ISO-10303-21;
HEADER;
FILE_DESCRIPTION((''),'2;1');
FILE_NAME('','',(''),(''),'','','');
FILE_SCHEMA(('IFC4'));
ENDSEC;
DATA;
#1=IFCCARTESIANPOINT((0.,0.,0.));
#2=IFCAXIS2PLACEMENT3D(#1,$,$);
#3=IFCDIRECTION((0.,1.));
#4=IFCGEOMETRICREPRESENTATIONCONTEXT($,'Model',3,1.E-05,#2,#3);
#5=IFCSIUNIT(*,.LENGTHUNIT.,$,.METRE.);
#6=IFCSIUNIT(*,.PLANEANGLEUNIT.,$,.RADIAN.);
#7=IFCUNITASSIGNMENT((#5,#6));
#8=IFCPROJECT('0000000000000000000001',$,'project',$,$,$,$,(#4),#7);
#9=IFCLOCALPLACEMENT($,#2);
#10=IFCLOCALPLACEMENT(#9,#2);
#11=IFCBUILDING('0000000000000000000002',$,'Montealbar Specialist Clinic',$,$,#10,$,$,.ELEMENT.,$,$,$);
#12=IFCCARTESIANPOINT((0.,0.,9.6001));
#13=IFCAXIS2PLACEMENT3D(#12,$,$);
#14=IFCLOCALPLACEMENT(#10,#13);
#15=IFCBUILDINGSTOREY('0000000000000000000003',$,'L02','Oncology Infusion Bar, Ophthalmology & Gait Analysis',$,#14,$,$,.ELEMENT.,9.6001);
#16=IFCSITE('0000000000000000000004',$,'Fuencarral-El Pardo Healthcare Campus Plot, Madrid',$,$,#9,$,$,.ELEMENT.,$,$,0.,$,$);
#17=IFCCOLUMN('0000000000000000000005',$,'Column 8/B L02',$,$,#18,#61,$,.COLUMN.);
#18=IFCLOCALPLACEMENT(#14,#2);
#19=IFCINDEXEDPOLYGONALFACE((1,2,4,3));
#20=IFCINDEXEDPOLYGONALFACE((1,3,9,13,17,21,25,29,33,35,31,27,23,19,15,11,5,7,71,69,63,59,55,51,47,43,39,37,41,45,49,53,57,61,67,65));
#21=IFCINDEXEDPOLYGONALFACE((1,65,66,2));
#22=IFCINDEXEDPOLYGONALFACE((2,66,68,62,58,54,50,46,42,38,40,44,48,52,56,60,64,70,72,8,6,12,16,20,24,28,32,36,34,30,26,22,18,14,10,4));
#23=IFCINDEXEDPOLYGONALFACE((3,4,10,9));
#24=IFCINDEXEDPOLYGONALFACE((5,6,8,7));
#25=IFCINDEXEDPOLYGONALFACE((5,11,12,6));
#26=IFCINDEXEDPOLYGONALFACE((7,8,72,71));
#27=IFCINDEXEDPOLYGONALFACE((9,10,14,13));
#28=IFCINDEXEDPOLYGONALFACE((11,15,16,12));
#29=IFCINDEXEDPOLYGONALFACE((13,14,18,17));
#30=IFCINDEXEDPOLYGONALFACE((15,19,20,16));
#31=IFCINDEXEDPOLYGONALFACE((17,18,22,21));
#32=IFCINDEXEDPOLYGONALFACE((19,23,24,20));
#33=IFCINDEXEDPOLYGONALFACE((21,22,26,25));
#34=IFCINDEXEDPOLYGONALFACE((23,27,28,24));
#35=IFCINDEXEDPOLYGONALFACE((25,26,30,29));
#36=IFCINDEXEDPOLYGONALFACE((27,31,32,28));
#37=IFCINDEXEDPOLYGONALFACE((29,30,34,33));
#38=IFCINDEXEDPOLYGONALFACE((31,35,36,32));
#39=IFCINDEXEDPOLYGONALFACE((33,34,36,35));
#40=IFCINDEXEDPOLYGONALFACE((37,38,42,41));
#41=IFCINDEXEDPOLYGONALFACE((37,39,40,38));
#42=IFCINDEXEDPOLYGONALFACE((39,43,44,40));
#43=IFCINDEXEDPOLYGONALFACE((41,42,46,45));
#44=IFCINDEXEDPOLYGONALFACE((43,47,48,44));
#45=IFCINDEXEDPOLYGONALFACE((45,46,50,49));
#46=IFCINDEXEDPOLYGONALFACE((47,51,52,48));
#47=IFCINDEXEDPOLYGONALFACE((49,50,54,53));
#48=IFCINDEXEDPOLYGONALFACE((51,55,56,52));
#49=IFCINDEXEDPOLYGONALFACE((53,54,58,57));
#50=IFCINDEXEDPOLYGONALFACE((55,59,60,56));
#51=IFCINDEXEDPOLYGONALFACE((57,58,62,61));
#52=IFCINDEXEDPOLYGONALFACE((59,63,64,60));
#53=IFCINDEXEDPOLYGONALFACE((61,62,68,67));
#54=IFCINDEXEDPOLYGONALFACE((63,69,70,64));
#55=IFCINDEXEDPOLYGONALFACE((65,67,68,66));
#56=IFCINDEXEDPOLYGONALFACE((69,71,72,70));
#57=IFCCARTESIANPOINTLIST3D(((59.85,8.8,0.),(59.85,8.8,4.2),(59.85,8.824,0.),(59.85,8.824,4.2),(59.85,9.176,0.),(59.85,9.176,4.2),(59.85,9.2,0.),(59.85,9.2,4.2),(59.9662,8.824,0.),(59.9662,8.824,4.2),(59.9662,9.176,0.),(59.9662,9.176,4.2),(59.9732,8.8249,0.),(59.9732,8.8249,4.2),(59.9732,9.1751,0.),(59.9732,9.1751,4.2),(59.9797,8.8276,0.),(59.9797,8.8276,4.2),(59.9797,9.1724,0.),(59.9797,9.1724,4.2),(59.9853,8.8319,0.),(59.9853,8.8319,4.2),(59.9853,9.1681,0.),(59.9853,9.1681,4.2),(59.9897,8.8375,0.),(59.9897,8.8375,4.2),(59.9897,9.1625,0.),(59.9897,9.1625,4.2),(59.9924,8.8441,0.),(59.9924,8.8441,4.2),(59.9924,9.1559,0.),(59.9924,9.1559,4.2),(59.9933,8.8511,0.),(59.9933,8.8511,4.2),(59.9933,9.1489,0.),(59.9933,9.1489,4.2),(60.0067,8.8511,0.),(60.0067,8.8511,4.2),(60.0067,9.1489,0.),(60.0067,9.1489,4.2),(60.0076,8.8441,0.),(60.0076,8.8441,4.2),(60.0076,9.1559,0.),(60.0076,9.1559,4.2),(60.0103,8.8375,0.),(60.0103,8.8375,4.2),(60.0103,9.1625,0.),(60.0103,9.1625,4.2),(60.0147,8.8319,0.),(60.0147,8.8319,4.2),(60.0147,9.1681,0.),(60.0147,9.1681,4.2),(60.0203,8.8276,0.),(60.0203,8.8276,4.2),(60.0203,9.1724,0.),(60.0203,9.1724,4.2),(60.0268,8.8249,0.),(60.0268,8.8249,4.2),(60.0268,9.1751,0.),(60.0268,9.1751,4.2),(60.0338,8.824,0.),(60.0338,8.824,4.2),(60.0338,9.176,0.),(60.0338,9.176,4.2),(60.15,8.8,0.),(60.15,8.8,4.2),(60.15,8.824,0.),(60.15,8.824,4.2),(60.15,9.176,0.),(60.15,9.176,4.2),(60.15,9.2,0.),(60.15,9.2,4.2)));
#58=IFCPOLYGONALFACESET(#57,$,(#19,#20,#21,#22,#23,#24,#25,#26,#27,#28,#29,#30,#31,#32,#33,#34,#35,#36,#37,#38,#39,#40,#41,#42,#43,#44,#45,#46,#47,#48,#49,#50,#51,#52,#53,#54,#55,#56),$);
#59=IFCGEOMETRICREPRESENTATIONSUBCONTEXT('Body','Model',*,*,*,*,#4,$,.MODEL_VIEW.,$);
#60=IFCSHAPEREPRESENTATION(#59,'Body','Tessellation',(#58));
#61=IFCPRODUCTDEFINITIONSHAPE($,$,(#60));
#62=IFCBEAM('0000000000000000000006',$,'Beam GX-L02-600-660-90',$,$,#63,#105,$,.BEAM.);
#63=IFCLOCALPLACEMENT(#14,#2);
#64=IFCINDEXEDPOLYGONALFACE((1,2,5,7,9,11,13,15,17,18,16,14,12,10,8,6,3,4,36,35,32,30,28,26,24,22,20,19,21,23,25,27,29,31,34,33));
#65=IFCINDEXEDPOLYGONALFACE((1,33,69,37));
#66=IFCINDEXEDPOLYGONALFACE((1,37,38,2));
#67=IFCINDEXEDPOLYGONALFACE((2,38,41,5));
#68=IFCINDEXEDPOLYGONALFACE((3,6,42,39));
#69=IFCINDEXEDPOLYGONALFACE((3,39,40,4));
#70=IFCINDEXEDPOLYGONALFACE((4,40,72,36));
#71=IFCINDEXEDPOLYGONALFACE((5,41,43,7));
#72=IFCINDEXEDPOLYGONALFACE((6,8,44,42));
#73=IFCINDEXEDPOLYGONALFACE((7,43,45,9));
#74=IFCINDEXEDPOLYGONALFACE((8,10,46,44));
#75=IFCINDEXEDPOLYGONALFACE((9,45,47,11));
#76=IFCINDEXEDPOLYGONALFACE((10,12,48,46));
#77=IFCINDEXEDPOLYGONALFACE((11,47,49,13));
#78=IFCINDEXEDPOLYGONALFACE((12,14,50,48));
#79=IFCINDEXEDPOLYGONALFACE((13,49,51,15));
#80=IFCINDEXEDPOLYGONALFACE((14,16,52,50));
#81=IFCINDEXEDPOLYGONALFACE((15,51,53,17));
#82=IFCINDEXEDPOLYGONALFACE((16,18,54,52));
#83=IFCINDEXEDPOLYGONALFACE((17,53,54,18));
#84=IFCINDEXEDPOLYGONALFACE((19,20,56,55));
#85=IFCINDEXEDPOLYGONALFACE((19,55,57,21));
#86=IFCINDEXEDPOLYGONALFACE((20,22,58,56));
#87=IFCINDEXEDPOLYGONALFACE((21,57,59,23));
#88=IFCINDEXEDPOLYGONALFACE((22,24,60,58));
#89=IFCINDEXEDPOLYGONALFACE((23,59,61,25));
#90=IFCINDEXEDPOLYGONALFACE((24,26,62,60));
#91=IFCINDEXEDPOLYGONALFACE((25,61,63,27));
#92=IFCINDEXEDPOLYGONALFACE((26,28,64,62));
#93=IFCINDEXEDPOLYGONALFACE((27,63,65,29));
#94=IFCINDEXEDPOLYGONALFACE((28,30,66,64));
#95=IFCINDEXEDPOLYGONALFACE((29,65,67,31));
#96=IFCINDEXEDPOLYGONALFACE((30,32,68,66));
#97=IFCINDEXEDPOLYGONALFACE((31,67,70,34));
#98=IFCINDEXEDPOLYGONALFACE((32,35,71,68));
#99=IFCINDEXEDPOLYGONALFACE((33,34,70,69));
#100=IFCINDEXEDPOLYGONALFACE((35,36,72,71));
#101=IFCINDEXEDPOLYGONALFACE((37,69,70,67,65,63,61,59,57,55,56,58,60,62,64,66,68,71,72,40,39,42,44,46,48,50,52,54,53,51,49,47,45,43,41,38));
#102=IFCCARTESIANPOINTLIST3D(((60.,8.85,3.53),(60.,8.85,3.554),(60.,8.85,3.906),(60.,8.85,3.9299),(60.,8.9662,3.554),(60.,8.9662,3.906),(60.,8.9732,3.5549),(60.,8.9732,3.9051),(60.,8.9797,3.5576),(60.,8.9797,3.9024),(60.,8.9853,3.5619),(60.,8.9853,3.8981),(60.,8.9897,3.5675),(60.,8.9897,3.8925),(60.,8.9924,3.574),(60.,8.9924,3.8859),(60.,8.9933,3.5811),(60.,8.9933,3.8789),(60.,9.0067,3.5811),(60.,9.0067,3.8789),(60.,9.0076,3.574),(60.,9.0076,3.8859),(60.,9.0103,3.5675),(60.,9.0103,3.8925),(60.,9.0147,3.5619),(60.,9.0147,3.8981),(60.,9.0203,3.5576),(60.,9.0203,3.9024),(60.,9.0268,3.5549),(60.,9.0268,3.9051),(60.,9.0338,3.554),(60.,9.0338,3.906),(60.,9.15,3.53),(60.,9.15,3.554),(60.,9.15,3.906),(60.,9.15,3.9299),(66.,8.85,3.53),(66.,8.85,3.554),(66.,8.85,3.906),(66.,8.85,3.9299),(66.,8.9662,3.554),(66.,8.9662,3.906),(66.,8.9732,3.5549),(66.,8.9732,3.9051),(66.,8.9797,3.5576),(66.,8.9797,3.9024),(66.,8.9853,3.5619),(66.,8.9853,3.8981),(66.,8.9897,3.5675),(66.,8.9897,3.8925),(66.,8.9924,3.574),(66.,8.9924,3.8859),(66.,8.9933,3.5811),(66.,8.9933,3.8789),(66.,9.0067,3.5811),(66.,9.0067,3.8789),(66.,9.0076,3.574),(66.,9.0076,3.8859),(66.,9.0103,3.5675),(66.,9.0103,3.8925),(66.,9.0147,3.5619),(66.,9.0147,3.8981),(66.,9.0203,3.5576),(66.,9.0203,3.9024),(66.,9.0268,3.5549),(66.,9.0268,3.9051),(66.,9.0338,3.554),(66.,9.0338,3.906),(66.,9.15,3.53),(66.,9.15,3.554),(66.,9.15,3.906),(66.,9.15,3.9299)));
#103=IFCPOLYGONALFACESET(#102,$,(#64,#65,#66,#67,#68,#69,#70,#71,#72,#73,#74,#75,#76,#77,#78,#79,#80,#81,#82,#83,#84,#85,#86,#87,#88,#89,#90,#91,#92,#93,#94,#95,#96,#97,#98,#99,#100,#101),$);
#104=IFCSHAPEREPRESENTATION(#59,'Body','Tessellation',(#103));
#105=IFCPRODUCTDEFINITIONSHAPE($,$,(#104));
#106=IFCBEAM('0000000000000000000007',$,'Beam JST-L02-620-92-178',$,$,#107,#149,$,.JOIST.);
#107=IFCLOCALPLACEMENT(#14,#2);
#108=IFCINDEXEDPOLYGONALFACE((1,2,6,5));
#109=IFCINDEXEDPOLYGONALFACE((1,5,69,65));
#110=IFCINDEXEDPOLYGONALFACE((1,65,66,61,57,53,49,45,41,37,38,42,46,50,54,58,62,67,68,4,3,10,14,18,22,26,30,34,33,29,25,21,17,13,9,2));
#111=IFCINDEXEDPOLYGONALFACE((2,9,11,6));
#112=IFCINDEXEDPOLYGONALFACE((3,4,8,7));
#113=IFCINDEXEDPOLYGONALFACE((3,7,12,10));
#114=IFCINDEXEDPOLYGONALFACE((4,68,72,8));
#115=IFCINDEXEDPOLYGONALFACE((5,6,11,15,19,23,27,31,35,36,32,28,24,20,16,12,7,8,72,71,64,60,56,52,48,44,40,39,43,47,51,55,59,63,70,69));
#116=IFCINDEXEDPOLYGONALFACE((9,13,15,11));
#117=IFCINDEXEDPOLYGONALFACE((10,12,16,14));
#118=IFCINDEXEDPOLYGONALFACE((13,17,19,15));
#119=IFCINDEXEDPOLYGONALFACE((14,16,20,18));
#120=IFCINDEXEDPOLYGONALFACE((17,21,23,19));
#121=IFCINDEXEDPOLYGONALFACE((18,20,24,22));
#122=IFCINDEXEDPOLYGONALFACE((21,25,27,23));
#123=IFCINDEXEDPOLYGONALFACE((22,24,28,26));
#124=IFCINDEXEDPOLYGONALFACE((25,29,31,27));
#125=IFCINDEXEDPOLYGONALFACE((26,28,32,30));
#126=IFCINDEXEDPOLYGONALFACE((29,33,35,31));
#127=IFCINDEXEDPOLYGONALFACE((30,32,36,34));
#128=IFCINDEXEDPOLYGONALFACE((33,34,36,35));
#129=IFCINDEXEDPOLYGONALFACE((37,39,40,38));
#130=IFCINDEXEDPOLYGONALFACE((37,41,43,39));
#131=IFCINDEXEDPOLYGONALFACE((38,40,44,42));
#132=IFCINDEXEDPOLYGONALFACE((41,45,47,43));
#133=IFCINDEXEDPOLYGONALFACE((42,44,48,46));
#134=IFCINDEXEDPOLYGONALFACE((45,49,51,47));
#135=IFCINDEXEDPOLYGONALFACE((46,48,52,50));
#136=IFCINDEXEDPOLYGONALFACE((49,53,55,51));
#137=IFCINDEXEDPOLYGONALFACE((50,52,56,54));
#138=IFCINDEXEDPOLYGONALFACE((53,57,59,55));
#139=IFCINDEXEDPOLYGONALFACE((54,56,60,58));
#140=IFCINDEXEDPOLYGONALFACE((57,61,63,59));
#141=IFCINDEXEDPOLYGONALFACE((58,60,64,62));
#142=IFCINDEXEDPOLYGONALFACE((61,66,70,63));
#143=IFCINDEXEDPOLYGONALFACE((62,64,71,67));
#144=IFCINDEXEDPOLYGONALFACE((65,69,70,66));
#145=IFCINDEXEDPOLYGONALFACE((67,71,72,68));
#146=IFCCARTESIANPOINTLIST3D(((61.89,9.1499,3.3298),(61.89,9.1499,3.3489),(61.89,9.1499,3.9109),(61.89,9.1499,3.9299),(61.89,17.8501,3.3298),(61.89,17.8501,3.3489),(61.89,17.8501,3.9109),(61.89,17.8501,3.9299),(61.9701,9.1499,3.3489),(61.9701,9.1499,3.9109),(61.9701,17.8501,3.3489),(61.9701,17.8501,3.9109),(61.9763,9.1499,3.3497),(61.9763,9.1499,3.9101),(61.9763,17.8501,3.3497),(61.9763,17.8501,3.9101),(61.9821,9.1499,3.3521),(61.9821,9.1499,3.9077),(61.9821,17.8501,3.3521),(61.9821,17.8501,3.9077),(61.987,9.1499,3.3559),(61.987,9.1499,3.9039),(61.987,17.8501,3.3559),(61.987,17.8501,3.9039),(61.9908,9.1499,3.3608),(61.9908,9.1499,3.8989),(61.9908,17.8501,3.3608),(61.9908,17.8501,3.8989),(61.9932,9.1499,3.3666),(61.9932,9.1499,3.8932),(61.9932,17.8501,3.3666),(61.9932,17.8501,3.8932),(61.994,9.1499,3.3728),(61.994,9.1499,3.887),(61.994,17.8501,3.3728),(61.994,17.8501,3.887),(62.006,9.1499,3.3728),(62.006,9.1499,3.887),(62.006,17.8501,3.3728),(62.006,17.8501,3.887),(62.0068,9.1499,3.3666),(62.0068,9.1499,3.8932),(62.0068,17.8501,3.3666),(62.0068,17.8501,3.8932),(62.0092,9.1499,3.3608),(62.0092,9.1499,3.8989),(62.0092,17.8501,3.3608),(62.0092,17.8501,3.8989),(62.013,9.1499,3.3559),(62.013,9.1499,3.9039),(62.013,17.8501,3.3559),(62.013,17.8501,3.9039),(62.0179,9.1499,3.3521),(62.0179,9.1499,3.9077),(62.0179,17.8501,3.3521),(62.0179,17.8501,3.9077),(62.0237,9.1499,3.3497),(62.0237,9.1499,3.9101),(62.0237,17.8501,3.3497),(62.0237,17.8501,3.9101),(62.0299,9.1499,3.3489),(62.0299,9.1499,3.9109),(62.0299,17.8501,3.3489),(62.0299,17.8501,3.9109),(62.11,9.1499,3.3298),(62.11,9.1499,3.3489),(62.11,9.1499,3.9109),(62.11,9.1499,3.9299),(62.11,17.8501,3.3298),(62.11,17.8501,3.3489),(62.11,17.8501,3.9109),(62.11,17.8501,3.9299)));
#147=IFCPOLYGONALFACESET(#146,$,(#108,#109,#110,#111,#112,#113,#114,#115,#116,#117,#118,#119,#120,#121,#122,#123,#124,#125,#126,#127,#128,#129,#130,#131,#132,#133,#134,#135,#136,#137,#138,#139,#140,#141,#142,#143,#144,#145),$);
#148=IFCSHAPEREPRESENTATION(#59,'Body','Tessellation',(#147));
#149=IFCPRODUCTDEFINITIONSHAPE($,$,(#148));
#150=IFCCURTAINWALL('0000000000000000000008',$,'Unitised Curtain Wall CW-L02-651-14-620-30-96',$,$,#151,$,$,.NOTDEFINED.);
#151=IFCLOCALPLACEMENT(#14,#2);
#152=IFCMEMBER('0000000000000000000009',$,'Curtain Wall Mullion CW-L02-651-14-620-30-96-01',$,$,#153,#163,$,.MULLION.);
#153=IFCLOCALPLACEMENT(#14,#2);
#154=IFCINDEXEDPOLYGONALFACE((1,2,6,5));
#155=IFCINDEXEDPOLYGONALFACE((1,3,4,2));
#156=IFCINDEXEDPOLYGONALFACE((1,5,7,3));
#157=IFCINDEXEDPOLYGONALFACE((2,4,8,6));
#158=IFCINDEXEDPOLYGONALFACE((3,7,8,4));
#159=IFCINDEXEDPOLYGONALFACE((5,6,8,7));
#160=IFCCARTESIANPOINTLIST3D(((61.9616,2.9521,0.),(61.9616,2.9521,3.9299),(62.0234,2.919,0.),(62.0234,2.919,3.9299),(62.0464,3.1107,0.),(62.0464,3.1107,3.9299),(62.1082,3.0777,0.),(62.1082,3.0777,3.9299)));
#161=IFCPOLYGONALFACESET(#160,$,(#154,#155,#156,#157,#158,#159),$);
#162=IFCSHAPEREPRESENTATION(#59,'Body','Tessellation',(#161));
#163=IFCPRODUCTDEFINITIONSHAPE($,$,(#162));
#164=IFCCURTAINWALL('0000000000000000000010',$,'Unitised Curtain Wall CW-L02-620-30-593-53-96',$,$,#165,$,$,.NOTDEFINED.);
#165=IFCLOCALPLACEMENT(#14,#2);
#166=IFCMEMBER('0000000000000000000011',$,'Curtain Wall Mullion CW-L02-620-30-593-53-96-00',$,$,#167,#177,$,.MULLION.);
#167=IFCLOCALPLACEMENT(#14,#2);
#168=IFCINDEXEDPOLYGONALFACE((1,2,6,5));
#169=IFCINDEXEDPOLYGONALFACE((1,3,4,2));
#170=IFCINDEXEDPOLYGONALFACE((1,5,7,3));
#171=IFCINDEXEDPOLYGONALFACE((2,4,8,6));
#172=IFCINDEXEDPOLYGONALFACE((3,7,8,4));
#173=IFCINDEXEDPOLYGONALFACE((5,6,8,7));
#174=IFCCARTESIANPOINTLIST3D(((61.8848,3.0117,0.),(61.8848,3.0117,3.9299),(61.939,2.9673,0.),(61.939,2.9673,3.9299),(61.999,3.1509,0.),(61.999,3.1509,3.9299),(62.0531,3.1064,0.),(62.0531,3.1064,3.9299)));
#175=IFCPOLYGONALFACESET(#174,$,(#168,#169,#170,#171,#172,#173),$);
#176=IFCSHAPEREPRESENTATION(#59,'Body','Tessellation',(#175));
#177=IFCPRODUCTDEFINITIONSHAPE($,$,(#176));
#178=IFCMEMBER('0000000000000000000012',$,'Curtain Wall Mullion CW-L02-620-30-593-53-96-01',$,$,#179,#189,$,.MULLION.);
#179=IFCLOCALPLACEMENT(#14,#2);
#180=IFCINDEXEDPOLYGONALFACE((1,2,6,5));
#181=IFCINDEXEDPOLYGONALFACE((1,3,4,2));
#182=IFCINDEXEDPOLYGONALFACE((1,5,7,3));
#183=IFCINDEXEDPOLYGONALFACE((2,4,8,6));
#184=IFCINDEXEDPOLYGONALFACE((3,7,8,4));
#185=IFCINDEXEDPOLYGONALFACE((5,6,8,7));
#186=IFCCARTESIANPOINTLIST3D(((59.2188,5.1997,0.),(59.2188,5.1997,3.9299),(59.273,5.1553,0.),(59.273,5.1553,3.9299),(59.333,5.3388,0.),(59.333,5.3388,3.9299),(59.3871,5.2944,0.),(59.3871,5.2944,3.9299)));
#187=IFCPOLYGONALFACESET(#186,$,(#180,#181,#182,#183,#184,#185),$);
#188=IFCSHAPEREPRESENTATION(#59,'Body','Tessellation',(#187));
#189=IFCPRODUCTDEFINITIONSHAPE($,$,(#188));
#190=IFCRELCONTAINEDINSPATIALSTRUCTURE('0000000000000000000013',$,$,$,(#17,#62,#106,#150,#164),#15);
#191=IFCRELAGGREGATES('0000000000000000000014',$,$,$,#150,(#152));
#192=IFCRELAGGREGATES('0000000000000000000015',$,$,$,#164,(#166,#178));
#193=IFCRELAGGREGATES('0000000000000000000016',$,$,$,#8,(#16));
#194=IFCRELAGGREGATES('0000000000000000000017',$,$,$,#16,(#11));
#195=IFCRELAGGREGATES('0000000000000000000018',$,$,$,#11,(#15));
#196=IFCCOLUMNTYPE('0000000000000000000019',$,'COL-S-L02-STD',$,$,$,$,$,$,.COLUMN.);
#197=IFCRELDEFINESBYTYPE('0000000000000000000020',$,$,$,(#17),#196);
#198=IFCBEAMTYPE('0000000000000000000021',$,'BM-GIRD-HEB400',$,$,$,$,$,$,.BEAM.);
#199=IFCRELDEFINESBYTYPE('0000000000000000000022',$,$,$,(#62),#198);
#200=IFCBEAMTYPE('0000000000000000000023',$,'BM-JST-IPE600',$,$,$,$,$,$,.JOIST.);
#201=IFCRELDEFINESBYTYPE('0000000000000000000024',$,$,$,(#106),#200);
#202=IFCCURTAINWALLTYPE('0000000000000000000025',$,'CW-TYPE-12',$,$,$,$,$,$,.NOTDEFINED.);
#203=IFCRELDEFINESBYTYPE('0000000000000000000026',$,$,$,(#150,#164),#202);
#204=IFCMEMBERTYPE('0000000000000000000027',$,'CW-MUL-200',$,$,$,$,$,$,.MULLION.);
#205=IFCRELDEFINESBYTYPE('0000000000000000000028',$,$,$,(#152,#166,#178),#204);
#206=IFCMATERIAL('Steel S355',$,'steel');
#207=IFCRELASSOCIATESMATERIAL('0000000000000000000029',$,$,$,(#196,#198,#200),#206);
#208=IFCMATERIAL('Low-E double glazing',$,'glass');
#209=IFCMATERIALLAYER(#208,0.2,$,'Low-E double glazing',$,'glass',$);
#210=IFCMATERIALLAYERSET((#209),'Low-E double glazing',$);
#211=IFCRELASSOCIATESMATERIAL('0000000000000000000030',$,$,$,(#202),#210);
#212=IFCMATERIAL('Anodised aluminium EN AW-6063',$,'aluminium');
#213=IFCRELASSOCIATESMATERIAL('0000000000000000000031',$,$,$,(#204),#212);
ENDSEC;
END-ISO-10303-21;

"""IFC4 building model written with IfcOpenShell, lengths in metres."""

from ifc_helpers import new_model, si_unit, direction, frame, origin, origin_2d, place, context, subcontext, project, spatial, rectangle, i_section, extrude, material, layer, layer_set, material_profile, profile_set, type_object, element, aggregate, save


model = new_model("IFC4")

# Units and contexts
model_context = context("Model", 3, precision=1e-05, world=origin(), true_north=direction((0.0, 1.0)))
body_context = subcontext(model_context, "Body", "Model", "MODEL_VIEW")
ifc_project = project(units=[si_unit("LENGTHUNIT", "METRE"), si_unit("PLANEANGLEUNIT", "RADIAN")], contexts=[model_context])

# Site, building, storey
site_placement = place(None, origin())
site = spatial("IfcSite", under=ifc_project, at=site_placement, Name="Fuencarral-El Pardo Healthcare Campus Plot, Madrid", CompositionType="ELEMENT", RefElevation=0.0)
building_placement = place(site_placement, origin())
building = spatial("IfcBuilding", under=site, at=building_placement, Name="Montealbar Specialist Clinic", CompositionType="ELEMENT")
storey_placement = place(building_placement, frame((0.0, 0.0, 9.6001)))
storey = spatial("IfcBuildingStorey", under=building, at=storey_placement, Name="L02", Description="Oncology Infusion Bar, Ophthalmology & Gait Analysis", CompositionType="ELEMENT", Elevation=9.6001)

# Column
ifc_material_1 = material(Name="Steel S355", Category="steel")
ifc_material_profile_1 = material_profile(ifc_material_1, i_section(OverallWidth=0.3, OverallDepth=0.3999, WebThickness=0.0134, FlangeThickness=0.0239, FilletRadius=0.0271, at=origin_2d()), Name="HEB 400", Category="steel")
ifc_profile_set_1 = profile_set([ifc_material_profile_1], Name="Steel S355")
column_type = type_object("IfcColumnType", Name="COL-S-L02-STD", PredefinedType="COLUMN", material=ifc_profile_set_1)
column_placement = place(storey_placement, frame((60.0, 9.0, 0.0), z_axis=(0.0, 0.0, 1.0), x_axis=(1.0, 0.0, 0.0)))
element("IfcColumn", 1, at=column_placement, inside=storey, type_object=column_type, Name="Column 8/B L02", PredefinedType="COLUMN", context=body_context, shape_type="SweptSolid", body=[
    extrude(i_section(OverallWidth=0.3, OverallDepth=0.3999, WebThickness=0.0134, FlangeThickness=0.0239, FilletRadius=0.0271, at=origin_2d()), origin(), (0.0, 0.0, 1.0), 4.2),
])

# Beams
ifc_material_profile_2 = material_profile(ifc_material_1, i_section(OverallWidth=0.3, OverallDepth=0.3999, WebThickness=0.0134, FlangeThickness=0.0239, FilletRadius=0.0271, at=origin_2d()), Name="HEB 400", Category="steel")
ifc_profile_set_2 = profile_set([ifc_material_profile_2], Name="Steel S355")
beam_type_1 = type_object("IfcBeamType", Name="BM-GIRD-HEB400", PredefinedType="BEAM", material=ifc_profile_set_2)
beam_1_placement = place(storey_placement, frame((60.0, 9.0, 3.73), z_axis=(1.0, 0.0, 0.0), x_axis=(0.0, 1.0, 0.0)))
element("IfcBeam", 2, at=beam_1_placement, inside=storey, type_object=beam_type_1, Name="Beam GX-L02-600-660-90", PredefinedType="BEAM", context=body_context, shape_type="SweptSolid", body=[
    extrude(i_section(OverallWidth=0.3, OverallDepth=0.3999, WebThickness=0.0134, FlangeThickness=0.0239, FilletRadius=0.0271, at=origin_2d()), origin(), (0.0, 0.0, 1.0), 6.0),
])
ifc_material_profile_3 = material_profile(ifc_material_1, i_section(OverallWidth=0.22, OverallDepth=0.6001, WebThickness=0.012, FlangeThickness=0.019, FilletRadius=0.0239, at=origin_2d()), Name="IPE 600", Category="steel")
ifc_profile_set_3 = profile_set([ifc_material_profile_3], Name="Steel S355")
beam_type_2 = type_object("IfcBeamType", Name="BM-JST-IPE600", PredefinedType="JOIST", material=ifc_profile_set_3)
beam_2_placement = place(storey_placement, frame((62.0, 9.1499, 3.6299), z_axis=(0.0, 1.0, 0.0), x_axis=(-1.0, 0.0, 0.0)))
element("IfcBeam", 3, at=beam_2_placement, inside=storey, type_object=beam_type_2, Name="Beam JST-L02-620-92-178", PredefinedType="JOIST", context=body_context, shape_type="SweptSolid", body=[
    extrude(i_section(OverallWidth=0.22, OverallDepth=0.6001, WebThickness=0.012, FlangeThickness=0.019, FilletRadius=0.0239, at=origin_2d()), origin(), (0.0, 0.0, 1.0), 8.7002),
])

# Curtain wall, member
ifc_material_2 = material(Name="Low-E double glazing", Category="glass")
ifc_layer_1 = layer(ifc_material_2, 0.2, Name="Low-E double glazing", Category="glass")
ifc_layer_set_1 = layer_set([ifc_layer_1], Name="Low-E double glazing")
curtain_wall_type = type_object("IfcCurtainWallType", Name="CW-TYPE-12", PredefinedType="NOTDEFINED", material=ifc_layer_set_1)
curtain_wall_1_placement = place(storey_placement, origin())
curtain_wall_1 = element("IfcCurtainWall", 4, at=curtain_wall_1_placement, inside=storey, type_object=curtain_wall_type, Name="Unitised Curtain Wall CW-L02-651-14-620-30-96", PredefinedType="NOTDEFINED")
ifc_material_3 = material(Name="Anodised aluminium EN AW-6063", Category="aluminium")
ifc_material_profile_4 = material_profile(ifc_material_3, rectangle(XDim=0.0701, YDim=0.1799, at=origin_2d()), Name="ALU 70x180", Category="aluminium")
ifc_profile_set_4 = profile_set([ifc_material_profile_4], Name="Anodised aluminium EN AW-6063")
member_type_1 = type_object("IfcMemberType", Name="CW-MUL-200", PredefinedType="MULLION", material=ifc_profile_set_4)
member_1_placement = place(storey_placement, frame((62.0349, 3.0149, 0.0), z_axis=(0.0, 0.0, 1.0), x_axis=(-0.88185, 0.471529, 0.0)))
member_1 = element("IfcMember", 5, at=member_1_placement, type_object=member_type_1, Name="Curtain Wall Mullion CW-L02-651-14-620-30-96-01", PredefinedType="MULLION", context=body_context, shape_type="SweptSolid", body=[
    extrude(rectangle(XDim=0.0701, YDim=0.1799, at=origin_2d()), origin(), (0.0, 0.0, 1.0), 3.9299),
])
aggregate(curtain_wall_1, [member_1])

# Curtain wall, members
curtain_wall_2_placement = place(storey_placement, origin())
curtain_wall_2 = element("IfcCurtainWall", 6, at=curtain_wall_2_placement, inside=storey, type_object=curtain_wall_type, Name="Unitised Curtain Wall CW-L02-620-30-593-53-96", PredefinedType="NOTDEFINED")
member_2_placement = place(storey_placement, frame((61.969, 3.0591, 0.0), z_axis=(0.0, 0.0, 1.0), x_axis=(-0.773123, 0.634256, 0.0)))
member_2 = element("IfcMember", 7, at=member_2_placement, type_object=member_type_1, Name="Curtain Wall Mullion CW-L02-620-30-593-53-96-00", PredefinedType="MULLION", context=body_context, shape_type="SweptSolid", body=[
    extrude(rectangle(XDim=0.0701, YDim=0.1799, at=origin_2d()), origin(), (0.0, 0.0, 1.0), 3.9299),
])
member_3_placement = place(storey_placement, frame((59.303, 5.2471, 0.0), z_axis=(0.0, 0.0, 1.0), x_axis=(-0.773123, 0.634256, 0.0)))
member_3 = element("IfcMember", 8, at=member_3_placement, type_object=member_type_1, Name="Curtain Wall Mullion CW-L02-620-30-593-53-96-01", PredefinedType="MULLION", context=body_context, shape_type="SweptSolid", body=[
    extrude(rectangle(XDim=0.0701, YDim=0.1799, at=origin_2d()), origin(), (0.0, 0.0, 1.0), 3.9299),
])

aggregate(curtain_wall_2, [member_2, member_3])

save(model, "model.ifc")
